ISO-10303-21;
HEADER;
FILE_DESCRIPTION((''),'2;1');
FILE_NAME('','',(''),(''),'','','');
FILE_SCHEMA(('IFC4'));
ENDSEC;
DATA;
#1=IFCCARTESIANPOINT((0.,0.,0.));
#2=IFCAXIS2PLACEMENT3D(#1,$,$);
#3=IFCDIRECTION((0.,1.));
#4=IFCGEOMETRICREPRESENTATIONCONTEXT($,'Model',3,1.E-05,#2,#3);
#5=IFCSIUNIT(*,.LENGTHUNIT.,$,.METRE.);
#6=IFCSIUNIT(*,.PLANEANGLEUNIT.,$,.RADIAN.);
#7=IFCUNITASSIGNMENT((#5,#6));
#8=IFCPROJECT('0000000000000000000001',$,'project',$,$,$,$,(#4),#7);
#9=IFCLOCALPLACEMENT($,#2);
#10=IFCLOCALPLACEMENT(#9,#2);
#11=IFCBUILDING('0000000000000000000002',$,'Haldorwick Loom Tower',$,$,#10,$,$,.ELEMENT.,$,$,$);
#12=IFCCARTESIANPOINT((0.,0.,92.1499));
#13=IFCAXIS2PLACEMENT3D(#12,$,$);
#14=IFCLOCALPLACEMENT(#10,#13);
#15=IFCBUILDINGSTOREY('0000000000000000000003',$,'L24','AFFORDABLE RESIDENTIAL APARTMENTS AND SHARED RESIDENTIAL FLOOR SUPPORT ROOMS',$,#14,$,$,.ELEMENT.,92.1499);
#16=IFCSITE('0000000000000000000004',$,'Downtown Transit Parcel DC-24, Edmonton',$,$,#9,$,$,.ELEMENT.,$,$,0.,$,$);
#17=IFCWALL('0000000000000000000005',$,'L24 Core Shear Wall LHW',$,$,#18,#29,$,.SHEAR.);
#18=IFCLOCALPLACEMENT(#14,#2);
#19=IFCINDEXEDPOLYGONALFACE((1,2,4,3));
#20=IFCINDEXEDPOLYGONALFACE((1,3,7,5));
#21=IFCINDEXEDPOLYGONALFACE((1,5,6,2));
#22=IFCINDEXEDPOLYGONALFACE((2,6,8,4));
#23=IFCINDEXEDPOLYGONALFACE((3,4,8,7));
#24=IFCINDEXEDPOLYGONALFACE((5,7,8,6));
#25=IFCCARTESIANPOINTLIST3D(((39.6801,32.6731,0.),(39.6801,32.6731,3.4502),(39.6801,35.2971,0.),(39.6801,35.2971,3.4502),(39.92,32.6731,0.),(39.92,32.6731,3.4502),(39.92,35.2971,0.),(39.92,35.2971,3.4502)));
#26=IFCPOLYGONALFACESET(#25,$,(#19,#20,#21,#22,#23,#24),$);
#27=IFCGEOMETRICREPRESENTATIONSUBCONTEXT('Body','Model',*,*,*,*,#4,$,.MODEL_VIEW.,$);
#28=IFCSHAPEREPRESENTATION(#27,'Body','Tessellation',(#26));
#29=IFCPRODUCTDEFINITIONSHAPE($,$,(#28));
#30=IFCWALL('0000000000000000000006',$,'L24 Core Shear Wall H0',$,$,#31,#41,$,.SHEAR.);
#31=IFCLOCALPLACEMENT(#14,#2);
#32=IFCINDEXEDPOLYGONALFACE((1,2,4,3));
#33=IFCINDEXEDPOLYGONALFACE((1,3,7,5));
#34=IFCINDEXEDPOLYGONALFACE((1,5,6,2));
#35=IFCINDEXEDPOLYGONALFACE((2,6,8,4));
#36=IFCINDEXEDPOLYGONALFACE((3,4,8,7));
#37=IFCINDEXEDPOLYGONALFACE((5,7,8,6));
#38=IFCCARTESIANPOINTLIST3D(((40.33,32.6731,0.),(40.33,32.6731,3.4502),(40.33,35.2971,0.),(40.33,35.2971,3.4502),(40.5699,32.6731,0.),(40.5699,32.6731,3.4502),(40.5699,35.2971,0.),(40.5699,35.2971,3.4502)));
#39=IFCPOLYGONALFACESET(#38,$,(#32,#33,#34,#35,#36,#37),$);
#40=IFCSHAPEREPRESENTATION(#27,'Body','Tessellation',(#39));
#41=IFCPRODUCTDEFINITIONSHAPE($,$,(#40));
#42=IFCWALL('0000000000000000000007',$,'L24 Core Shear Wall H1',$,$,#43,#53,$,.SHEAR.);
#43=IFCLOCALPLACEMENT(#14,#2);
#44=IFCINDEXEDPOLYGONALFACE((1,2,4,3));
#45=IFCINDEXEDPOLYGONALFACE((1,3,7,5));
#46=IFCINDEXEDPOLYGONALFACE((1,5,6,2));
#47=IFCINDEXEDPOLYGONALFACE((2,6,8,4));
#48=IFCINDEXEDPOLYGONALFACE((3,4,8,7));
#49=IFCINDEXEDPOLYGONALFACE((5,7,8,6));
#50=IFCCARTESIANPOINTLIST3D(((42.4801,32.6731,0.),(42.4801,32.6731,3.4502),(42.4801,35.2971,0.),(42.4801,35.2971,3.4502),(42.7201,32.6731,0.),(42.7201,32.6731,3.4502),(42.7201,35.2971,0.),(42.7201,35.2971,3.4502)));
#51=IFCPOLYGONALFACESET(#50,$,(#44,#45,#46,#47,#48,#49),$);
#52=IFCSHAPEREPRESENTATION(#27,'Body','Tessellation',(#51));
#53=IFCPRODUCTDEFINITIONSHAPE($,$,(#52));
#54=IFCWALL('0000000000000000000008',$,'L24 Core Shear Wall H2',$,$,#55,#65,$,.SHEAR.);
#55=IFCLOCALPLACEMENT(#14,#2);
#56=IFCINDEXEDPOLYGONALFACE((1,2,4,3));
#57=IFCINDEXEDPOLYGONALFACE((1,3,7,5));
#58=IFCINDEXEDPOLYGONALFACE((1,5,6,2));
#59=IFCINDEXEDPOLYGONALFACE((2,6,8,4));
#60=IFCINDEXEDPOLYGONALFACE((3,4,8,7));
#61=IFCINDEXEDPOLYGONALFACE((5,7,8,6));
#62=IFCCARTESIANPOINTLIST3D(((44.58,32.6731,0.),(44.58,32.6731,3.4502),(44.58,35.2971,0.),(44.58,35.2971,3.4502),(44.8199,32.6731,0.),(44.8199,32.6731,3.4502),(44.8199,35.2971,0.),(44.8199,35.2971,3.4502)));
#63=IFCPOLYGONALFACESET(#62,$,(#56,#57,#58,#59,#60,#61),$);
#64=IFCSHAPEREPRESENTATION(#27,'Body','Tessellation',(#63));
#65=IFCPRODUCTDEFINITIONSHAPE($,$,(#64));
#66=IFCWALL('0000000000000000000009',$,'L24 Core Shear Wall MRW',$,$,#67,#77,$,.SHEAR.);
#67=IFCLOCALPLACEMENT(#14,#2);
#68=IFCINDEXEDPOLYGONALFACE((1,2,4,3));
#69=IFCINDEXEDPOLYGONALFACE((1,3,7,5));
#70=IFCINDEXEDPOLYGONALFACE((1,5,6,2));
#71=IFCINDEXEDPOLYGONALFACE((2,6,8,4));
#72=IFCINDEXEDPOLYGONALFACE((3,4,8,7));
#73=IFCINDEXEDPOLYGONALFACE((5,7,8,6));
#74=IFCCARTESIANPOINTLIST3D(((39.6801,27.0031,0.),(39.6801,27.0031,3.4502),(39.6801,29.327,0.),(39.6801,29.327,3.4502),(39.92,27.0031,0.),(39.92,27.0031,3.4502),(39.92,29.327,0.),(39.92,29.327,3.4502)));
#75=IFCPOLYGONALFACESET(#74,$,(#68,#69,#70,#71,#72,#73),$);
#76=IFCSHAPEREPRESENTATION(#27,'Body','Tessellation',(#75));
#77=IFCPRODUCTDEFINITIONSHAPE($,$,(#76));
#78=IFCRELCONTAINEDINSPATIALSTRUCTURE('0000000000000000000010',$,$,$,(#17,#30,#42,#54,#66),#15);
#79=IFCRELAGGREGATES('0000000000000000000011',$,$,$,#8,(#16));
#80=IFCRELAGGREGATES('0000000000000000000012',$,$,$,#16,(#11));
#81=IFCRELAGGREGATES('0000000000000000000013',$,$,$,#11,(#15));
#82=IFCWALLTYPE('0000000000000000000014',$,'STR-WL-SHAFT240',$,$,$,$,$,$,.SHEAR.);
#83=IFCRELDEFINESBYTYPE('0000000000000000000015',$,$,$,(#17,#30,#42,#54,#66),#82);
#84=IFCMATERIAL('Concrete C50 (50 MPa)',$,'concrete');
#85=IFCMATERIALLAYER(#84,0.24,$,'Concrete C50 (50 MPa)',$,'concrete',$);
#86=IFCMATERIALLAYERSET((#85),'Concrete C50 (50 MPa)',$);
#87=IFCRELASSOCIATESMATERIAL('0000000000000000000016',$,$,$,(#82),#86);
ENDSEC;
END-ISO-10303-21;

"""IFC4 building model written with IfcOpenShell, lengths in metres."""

from ifc_helpers import new_model, si_unit, direction, frame, frame_2d, origin, place, context, subcontext, project, spatial, rectangle, extrude, material, layer, layer_set, type_object, element, save


model = new_model("IFC4")

# Units and contexts
model_context = context("Model", 3, precision=1e-05, world=origin(), true_north=direction((0.0, 1.0)))
body_context = subcontext(model_context, "Body", "Model", "MODEL_VIEW")
ifc_project = project(units=[si_unit("LENGTHUNIT", "METRE"), si_unit("PLANEANGLEUNIT", "RADIAN")], contexts=[model_context])

# Site, building, storey
site_placement = place(None, origin())
site = spatial("IfcSite", under=ifc_project, at=site_placement, Name="Downtown Transit Parcel DC-24, Edmonton", CompositionType="ELEMENT", RefElevation=0.0)
building_placement = place(site_placement, origin())
building = spatial("IfcBuilding", under=site, at=building_placement, Name="Haldorwick Loom Tower", CompositionType="ELEMENT")
storey_placement = place(building_placement, frame((0.0, 0.0, 92.1499)))
storey = spatial("IfcBuildingStorey", under=building, at=storey_placement, Name="L24", Description="AFFORDABLE RESIDENTIAL APARTMENTS AND SHARED RESIDENTIAL FLOOR SUPPORT ROOMS", CompositionType="ELEMENT", Elevation=92.1499)

# Shared definitions
ifc_material_1 = material(Name="Concrete C50 (50 MPa)", Category="concrete")
ifc_layer_1 = layer(ifc_material_1, 0.24, Name="Concrete C50 (50 MPa)", Category="concrete")
ifc_layer_set_1 = layer_set([ifc_layer_1], Name="Concrete C50 (50 MPa)")
wall_type_1 = type_object("IfcWallType", Name="STR-WL-SHAFT240", PredefinedType="SHEAR", material=ifc_layer_set_1)

# Walls
for number, where, z_axis, x_axis, name in (
    (1, (39.8, 32.6731, 0.0), (0.0, 0.0, 1.0), (0.0, 1.0, 0.0), "L24 Core Shear Wall LHW"),
    (2, (40.45, 32.6731, 0.0), (0.0, 0.0, 1.0), (0.0, 1.0, 0.0), "L24 Core Shear Wall H0"),
    (3, (42.6001, 32.6731, 0.0), (0.0, 0.0, 1.0), (0.0, 1.0, 0.0), "L24 Core Shear Wall H1"),
    (4, (44.7, 32.6731, 0.0), (0.0, 0.0, 1.0), (0.0, 1.0, 0.0), "L24 Core Shear Wall H2"),
):
    element("IfcWall", number, at=place(storey_placement, frame(where, z_axis=z_axis, x_axis=x_axis)), inside=storey, type_object=wall_type_1, Name=name, PredefinedType="SHEAR", context=body_context, shape_type="SweptSolid", body=[
        extrude(rectangle(XDim=2.624, YDim=0.24, at=frame_2d((1.312, 0.0))), origin(), (0.0, 0.0, 1.0), 3.4502),
    ])
wall_1_placement = place(storey_placement, frame((39.8, 27.0029, 0.0), z_axis=(0.0, 0.0, 1.0), x_axis=(0.0, 1.0, 0.0)))
element("IfcWall", 5, at=wall_1_placement, inside=storey, type_object=wall_type_1, Name="L24 Core Shear Wall MRW", PredefinedType="SHEAR", context=body_context, shape_type="SweptSolid", body=[
    extrude(rectangle(XDim=2.324, YDim=0.24, at=frame_2d((1.1621, 0.0))), origin(), (0.0, 0.0, 1.0), 3.4502),
])

save(model, "model.ifc")
